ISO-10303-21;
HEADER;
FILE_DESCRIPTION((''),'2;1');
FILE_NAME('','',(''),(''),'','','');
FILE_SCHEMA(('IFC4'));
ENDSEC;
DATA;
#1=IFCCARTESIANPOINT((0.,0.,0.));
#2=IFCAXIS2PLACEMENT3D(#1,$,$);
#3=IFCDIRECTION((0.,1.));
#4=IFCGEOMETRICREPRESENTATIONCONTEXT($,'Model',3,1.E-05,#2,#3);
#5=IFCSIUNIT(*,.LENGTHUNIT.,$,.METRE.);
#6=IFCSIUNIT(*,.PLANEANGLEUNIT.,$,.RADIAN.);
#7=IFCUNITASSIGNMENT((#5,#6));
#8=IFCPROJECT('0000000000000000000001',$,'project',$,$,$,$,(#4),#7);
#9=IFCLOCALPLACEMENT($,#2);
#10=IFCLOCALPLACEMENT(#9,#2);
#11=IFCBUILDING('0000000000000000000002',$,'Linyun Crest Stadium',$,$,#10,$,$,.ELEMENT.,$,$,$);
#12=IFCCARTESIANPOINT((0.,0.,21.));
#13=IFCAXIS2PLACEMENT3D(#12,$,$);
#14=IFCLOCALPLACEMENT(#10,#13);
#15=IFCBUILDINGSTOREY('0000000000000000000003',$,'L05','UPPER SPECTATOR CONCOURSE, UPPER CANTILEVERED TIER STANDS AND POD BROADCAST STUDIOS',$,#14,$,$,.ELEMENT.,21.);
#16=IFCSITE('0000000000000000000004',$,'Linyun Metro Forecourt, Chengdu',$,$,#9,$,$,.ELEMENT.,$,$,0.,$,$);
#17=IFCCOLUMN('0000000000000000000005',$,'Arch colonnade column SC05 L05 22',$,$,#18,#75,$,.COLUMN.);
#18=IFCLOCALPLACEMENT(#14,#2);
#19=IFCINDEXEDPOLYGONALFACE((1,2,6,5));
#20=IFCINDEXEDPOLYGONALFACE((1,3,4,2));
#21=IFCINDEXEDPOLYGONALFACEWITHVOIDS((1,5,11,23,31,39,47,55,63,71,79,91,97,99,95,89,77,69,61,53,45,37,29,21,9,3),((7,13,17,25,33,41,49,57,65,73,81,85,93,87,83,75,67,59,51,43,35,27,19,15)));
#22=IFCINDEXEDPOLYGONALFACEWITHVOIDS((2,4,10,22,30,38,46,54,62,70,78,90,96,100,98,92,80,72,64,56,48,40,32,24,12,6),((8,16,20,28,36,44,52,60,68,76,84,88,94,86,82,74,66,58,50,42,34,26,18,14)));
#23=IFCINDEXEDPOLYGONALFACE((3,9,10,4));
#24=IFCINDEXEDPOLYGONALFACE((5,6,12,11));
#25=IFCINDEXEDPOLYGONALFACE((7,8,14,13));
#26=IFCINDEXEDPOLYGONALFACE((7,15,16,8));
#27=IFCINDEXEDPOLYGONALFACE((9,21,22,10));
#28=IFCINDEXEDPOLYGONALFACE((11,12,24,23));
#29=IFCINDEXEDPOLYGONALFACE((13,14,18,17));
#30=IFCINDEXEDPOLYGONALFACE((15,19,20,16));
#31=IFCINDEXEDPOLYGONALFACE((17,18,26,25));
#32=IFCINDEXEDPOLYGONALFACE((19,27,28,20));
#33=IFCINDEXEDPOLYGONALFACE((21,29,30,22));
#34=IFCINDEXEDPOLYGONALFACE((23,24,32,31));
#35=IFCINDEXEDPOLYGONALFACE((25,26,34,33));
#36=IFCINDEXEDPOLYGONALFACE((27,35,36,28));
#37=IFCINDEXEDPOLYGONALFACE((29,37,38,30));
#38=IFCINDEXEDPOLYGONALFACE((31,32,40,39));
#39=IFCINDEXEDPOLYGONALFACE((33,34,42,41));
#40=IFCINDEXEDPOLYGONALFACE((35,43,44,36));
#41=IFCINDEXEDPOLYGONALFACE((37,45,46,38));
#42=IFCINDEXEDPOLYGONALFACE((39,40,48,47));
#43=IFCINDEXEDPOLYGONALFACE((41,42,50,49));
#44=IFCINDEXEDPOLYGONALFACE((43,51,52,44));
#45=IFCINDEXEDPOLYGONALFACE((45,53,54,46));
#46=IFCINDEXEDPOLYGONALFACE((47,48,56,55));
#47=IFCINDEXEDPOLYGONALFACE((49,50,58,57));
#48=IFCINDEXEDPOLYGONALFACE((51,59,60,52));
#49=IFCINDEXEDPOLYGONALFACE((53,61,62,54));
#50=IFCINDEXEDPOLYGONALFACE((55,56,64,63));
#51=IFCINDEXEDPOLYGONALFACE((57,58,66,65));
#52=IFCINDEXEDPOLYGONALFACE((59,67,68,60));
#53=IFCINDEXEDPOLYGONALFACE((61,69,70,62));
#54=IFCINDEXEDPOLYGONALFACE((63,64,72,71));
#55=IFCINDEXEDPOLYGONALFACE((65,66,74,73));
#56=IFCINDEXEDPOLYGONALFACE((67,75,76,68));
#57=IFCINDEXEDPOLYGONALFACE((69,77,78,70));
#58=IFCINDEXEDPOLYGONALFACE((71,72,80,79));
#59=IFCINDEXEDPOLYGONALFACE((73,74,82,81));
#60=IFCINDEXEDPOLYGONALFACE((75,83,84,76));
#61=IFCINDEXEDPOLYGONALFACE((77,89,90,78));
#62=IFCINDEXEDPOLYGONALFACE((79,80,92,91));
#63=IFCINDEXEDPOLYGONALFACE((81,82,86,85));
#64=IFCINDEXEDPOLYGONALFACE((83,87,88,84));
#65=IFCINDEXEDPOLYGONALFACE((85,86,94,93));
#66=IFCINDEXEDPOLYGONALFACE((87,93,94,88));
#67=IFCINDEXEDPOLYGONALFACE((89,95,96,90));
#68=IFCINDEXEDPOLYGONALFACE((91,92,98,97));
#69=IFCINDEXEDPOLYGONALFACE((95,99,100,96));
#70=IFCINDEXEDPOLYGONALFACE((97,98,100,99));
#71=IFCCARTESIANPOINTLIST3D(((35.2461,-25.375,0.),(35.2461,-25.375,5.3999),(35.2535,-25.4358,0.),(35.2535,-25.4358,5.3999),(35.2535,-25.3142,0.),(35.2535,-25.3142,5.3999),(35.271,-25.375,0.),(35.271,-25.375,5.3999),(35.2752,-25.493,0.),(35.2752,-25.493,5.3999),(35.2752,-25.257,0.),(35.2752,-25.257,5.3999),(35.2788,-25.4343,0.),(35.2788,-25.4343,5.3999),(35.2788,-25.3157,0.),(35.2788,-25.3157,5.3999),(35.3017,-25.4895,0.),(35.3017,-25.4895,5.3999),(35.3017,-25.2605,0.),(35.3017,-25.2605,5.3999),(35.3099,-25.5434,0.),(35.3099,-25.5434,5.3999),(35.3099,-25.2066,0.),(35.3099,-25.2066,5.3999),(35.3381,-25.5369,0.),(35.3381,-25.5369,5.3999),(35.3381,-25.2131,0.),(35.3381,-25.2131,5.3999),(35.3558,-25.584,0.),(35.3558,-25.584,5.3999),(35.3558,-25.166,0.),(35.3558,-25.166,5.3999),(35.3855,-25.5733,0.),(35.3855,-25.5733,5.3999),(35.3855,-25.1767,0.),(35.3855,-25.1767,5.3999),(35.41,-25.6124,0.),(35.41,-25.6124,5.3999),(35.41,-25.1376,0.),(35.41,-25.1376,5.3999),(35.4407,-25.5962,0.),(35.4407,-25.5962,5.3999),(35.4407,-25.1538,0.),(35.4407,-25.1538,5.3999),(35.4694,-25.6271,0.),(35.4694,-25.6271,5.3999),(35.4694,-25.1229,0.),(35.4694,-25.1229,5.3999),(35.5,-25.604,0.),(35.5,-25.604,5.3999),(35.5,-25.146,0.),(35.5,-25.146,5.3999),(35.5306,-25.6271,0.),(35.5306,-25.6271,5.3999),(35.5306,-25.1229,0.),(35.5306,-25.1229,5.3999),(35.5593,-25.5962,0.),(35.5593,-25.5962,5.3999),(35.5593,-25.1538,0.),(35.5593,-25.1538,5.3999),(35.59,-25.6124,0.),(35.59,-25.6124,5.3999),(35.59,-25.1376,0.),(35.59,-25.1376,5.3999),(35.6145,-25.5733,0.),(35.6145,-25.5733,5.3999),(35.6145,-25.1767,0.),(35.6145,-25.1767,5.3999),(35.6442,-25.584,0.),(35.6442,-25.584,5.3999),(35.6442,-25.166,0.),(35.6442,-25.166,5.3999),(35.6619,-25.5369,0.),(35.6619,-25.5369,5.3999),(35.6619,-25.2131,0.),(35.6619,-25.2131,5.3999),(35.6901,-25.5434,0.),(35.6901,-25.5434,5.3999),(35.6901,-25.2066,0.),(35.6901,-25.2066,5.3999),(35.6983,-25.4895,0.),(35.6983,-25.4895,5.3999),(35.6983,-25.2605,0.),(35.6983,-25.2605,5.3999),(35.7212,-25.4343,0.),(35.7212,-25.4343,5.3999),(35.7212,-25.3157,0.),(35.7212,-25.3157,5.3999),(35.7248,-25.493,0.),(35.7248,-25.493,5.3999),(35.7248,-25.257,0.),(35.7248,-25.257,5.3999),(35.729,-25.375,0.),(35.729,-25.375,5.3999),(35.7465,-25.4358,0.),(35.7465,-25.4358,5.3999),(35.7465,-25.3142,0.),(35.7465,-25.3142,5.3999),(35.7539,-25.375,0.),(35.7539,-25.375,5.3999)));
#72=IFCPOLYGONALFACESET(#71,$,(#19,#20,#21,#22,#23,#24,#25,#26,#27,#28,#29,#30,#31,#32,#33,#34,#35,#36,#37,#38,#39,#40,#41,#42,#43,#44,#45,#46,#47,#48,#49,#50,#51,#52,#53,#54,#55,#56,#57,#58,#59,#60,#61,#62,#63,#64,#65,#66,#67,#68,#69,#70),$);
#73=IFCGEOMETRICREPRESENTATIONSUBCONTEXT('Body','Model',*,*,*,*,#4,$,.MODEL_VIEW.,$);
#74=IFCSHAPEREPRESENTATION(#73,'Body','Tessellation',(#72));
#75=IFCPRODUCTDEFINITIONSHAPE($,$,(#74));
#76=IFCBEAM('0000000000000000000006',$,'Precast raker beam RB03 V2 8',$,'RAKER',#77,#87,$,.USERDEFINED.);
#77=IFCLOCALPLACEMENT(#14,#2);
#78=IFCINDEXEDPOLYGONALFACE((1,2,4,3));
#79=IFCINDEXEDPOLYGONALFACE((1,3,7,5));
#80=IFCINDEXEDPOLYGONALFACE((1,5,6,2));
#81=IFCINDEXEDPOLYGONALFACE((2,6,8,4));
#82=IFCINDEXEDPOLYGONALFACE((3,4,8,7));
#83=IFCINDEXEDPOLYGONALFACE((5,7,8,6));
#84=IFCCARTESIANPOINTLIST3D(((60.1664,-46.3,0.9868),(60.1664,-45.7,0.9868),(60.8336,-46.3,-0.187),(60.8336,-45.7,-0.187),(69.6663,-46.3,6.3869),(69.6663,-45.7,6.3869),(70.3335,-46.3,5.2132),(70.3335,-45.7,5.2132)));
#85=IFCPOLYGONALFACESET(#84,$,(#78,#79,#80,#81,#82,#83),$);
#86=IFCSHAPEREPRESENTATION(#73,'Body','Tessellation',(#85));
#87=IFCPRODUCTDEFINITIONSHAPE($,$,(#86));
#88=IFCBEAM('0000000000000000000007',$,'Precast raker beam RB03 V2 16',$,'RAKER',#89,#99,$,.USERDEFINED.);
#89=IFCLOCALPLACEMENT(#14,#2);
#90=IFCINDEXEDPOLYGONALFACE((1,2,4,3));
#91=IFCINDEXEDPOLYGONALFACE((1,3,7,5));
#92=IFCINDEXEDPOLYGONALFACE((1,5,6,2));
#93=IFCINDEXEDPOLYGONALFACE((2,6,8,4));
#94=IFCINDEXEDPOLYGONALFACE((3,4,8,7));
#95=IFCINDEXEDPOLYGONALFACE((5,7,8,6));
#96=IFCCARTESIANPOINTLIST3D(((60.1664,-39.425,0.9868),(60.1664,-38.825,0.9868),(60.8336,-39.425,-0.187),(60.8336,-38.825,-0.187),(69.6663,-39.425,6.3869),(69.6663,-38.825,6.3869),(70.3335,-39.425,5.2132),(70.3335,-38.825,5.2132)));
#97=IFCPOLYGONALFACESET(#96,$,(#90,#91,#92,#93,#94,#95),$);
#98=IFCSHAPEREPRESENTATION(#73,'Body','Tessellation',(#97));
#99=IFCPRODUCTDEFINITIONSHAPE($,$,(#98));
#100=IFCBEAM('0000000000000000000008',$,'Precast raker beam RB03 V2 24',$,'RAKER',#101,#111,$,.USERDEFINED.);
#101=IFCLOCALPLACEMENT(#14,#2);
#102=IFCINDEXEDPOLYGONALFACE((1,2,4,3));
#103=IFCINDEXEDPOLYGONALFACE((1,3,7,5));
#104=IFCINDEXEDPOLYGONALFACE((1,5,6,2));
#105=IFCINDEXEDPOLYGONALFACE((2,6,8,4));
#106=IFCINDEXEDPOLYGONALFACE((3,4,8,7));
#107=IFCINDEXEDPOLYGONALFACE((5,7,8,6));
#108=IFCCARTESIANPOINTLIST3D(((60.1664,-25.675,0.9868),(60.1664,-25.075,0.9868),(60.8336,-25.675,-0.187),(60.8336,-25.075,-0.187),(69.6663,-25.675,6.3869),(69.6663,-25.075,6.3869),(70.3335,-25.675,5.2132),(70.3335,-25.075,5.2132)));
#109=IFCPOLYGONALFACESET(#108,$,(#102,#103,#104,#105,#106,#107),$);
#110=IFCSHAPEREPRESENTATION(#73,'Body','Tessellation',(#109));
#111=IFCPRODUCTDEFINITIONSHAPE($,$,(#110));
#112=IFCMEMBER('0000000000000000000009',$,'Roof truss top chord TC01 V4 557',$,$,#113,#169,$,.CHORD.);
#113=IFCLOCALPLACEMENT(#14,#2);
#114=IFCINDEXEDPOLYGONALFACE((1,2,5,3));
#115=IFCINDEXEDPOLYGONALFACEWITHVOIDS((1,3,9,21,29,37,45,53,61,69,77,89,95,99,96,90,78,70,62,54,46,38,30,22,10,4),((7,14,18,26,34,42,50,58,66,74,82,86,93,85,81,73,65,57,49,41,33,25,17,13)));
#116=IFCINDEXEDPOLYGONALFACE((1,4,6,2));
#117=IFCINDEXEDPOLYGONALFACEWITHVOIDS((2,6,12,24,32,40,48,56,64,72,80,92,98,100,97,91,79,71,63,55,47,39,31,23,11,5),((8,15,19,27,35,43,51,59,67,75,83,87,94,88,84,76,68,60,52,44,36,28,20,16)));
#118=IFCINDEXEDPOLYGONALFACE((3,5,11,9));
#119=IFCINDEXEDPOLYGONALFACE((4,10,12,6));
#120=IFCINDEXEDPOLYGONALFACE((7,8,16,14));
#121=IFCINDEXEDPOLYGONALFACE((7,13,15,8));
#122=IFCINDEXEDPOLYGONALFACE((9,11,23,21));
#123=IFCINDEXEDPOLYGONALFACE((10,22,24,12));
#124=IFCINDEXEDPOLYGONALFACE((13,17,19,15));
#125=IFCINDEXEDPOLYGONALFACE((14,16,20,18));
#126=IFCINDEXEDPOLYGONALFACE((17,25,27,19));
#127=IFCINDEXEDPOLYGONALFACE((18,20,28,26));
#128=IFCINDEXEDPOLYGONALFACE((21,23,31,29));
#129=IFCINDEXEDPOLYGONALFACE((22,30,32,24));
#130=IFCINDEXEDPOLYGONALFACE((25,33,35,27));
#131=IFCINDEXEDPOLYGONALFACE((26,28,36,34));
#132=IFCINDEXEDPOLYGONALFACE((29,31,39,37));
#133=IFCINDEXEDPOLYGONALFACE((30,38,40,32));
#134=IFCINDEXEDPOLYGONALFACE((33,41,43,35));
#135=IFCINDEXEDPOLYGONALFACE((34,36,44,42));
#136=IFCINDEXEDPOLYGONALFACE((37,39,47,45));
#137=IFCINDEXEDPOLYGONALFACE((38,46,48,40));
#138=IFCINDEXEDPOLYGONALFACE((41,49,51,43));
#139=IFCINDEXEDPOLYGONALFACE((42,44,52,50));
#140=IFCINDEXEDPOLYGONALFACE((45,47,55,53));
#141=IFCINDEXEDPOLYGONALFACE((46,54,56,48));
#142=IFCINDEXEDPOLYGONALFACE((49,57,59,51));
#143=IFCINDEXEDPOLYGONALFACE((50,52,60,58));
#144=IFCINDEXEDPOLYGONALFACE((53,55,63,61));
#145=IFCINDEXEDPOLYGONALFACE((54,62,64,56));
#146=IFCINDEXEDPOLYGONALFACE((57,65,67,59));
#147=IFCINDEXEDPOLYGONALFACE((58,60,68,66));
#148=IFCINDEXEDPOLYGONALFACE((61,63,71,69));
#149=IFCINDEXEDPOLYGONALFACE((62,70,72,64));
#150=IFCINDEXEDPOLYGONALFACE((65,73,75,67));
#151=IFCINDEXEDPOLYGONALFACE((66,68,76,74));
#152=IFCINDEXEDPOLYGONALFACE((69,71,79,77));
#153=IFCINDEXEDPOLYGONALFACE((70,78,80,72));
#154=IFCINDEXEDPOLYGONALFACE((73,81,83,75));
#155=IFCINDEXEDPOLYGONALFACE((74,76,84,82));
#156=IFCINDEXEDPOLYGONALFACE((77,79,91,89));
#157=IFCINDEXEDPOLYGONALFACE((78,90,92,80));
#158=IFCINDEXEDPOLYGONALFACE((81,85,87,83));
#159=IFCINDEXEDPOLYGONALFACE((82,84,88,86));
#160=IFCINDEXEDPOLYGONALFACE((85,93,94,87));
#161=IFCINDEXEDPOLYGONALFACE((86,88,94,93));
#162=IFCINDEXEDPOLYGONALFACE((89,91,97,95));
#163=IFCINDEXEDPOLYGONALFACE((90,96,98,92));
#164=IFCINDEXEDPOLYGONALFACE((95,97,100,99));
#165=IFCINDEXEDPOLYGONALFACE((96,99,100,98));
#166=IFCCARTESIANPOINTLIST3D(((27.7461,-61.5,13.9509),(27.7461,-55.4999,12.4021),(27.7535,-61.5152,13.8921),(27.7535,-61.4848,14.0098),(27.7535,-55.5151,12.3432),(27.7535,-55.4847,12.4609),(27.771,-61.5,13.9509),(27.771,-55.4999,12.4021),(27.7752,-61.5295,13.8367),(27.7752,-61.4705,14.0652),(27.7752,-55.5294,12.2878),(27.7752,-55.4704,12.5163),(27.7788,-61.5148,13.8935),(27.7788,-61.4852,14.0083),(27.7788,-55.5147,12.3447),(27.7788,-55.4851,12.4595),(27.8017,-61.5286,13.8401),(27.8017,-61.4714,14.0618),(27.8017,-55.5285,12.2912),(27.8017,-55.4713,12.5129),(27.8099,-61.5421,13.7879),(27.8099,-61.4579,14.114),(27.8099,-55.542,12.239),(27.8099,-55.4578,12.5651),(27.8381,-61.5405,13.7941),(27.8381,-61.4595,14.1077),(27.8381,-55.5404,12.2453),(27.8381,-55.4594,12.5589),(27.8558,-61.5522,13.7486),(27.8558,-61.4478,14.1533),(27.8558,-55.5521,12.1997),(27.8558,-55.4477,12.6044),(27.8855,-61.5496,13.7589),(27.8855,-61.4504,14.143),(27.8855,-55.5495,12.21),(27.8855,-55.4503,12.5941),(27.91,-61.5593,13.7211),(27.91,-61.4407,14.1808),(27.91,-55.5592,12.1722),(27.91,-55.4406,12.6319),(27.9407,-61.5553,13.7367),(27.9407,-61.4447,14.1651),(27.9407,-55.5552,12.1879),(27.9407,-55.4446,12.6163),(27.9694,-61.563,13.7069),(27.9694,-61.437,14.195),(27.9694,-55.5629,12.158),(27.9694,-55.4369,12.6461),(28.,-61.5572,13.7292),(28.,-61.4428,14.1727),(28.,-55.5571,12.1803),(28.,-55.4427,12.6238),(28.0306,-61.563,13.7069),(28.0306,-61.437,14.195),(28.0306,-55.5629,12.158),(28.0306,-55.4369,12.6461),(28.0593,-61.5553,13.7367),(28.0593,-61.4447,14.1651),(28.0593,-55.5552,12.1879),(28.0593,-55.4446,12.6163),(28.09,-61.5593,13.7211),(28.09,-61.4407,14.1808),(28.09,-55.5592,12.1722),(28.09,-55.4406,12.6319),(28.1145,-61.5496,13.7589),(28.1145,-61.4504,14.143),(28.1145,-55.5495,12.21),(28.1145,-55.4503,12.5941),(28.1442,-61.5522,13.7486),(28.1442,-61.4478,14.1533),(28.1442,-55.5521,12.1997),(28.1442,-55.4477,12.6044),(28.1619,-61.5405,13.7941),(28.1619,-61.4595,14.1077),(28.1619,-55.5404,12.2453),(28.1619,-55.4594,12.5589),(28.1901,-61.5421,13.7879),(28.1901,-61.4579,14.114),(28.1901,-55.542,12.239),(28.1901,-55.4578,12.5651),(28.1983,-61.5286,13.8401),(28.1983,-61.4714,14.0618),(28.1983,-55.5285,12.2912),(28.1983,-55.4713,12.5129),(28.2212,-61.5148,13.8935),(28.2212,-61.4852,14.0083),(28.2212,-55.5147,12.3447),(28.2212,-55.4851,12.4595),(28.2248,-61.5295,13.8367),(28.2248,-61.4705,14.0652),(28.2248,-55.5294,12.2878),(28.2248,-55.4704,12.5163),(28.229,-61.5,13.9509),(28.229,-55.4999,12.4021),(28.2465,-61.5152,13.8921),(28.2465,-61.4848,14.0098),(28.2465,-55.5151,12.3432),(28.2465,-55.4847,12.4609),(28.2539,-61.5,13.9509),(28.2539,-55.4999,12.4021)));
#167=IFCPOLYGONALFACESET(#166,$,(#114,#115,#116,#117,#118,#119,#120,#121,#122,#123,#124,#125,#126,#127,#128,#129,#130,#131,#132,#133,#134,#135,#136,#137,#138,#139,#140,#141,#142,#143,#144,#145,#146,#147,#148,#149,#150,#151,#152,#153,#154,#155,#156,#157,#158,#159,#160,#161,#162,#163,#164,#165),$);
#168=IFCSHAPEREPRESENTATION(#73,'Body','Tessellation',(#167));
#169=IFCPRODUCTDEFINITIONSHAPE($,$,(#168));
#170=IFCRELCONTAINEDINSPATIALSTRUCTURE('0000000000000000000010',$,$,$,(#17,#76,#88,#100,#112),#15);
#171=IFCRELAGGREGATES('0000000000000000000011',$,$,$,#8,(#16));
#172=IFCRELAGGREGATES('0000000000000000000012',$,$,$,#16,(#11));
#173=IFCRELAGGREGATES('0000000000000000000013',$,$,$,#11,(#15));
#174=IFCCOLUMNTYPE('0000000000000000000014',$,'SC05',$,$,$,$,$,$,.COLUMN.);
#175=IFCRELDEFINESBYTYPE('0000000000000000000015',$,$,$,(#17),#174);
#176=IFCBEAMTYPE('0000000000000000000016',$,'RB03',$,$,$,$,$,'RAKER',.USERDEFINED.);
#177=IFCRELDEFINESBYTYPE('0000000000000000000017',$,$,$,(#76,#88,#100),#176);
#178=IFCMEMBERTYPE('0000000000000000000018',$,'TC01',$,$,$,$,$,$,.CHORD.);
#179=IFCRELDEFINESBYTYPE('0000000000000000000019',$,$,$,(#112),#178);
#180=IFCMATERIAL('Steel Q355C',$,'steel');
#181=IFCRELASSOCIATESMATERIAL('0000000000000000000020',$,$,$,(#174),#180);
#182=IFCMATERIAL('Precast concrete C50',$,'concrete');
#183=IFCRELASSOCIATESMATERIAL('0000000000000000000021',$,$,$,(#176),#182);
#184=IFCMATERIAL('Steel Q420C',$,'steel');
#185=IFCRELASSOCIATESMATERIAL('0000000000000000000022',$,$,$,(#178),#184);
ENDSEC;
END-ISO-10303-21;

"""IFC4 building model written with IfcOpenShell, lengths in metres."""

from ifc_helpers import new_model, si_unit, direction, frame, origin, origin_2d, place, context, subcontext, project, spatial, rectangle, hollow_circle, extrude, material, material_profile, profile_set, type_object, element, save


model = new_model("IFC4")

# Units and contexts
model_context = context("Model", 3, precision=1e-05, world=origin(), true_north=direction((0.0, 1.0)))
body_context = subcontext(model_context, "Body", "Model", "MODEL_VIEW")
ifc_project = project(units=[si_unit("LENGTHUNIT", "METRE"), si_unit("PLANEANGLEUNIT", "RADIAN")], contexts=[model_context])

# Site, building, storey
site_placement = place(None, origin())
site = spatial("IfcSite", under=ifc_project, at=site_placement, Name="Linyun Metro Forecourt, Chengdu", CompositionType="ELEMENT", RefElevation=0.0)
building_placement = place(site_placement, origin())
building = spatial("IfcBuilding", under=site, at=building_placement, Name="Linyun Crest Stadium", CompositionType="ELEMENT")
storey_placement = place(building_placement, frame((0.0, 0.0, 21.0)))
storey = spatial("IfcBuildingStorey", under=building, at=storey_placement, Name="L05", Description="UPPER SPECTATOR CONCOURSE, UPPER CANTILEVERED TIER STANDS AND POD BROADCAST STUDIOS", CompositionType="ELEMENT", Elevation=21.0)

# Column
ifc_material_1 = material(Name="Steel Q355C", Category="steel")
ifc_material_profile_1 = material_profile(ifc_material_1, hollow_circle(Radius=0.2539, WallThickness=0.0249, at=origin_2d()), Name="CHS 508x25")
ifc_profile_set_1 = profile_set([ifc_material_profile_1], Name="Steel Q355C")
column_type_1 = type_object("IfcColumnType", Name="SC05", PredefinedType="COLUMN", material=ifc_profile_set_1)
for number, where, z_axis, x_axis, name in (
    (1, (35.5, -25.375, 0.0), (0.0, 0.0, 1.0), (1.0, 0.0, 0.0), "Arch colonnade column SC05 L05 22"),
):
    element("IfcColumn", number, at=place(storey_placement, frame(where, z_axis=z_axis, x_axis=x_axis)), inside=storey, type_object=column_type_1, Name=name, PredefinedType="COLUMN", context=body_context, shape_type="SweptSolid", body=[
        extrude(hollow_circle(Radius=0.2539, WallThickness=0.0249, at=origin_2d()), origin(), (0.0, 0.0, 1.0), 5.3999),
    ])

# Beams
ifc_material_2 = material(Name="Precast concrete C50", Category="concrete")
ifc_material_profile_2 = material_profile(ifc_material_2, rectangle(XDim=0.6001, YDim=1.3501, at=origin_2d()), Name="PCR 1350x600")
ifc_profile_set_2 = profile_set([ifc_material_profile_2], Name="Precast concrete C50")
beam_type = type_object("IfcBeamType", Name="RB03", ElementType="RAKER", PredefinedType="USERDEFINED", material=ifc_profile_set_2)
for number, where, z_axis, x_axis, name in (
    (2, (60.5, -46.0, 0.3999), (0.869361, 0.0, 0.494177), (0.0, 1.0, 0.0), "Precast raker beam RB03 V2 8"),
    (3, (60.5, -39.125, 0.3999), (0.869361, 0.0, 0.494177), (0.0, 1.0, 0.0), "Precast raker beam RB03 V2 16"),
    (4, (60.5, -25.375, 0.3999), (0.869361, 0.0, 0.494177), (0.0, 1.0, 0.0), "Precast raker beam RB03 V2 24"),
):
    element("IfcBeam", number, at=place(storey_placement, frame(where, z_axis=z_axis, x_axis=x_axis)), inside=storey, type_object=beam_type, Name=name, ObjectType="RAKER", PredefinedType="USERDEFINED", context=body_context, shape_type="SweptSolid", body=[
        extrude(rectangle(XDim=0.6001, YDim=1.3501, at=origin_2d()), origin(), (0.0, 0.0, 1.0), 10.9275),
    ])

# Member
ifc_material_3 = material(Name="Steel Q420C", Category="steel")
ifc_material_profile_3 = material_profile(ifc_material_3, hollow_circle(Radius=0.2539, WallThickness=0.0249, at=origin_2d()), Name="CHS 508x25")
ifc_profile_set_3 = profile_set([ifc_material_profile_3], Name="Steel Q420C")
member_type_1 = type_object("IfcMemberType", Name="TC01", PredefinedType="CHORD", material=ifc_profile_set_3)
member_1_placement = place(storey_placement, frame((28.0, -61.5, 13.9509), z_axis=(0.0, 0.96826, -0.249945), x_axis=(-1.0, 0.0, 0.0)))
element("IfcMember", 5, at=member_1_placement, inside=storey, type_object=member_type_1, Name="Roof truss top chord TC01 V4 557", PredefinedType="CHORD", context=body_context, shape_type="SweptSolid", body=[
    extrude(hollow_circle(Radius=0.2539, WallThickness=0.0249, at=origin_2d()), origin(), (0.0, 0.0, 1.0), 6.1968),
])

save(model, "model.ifc")
